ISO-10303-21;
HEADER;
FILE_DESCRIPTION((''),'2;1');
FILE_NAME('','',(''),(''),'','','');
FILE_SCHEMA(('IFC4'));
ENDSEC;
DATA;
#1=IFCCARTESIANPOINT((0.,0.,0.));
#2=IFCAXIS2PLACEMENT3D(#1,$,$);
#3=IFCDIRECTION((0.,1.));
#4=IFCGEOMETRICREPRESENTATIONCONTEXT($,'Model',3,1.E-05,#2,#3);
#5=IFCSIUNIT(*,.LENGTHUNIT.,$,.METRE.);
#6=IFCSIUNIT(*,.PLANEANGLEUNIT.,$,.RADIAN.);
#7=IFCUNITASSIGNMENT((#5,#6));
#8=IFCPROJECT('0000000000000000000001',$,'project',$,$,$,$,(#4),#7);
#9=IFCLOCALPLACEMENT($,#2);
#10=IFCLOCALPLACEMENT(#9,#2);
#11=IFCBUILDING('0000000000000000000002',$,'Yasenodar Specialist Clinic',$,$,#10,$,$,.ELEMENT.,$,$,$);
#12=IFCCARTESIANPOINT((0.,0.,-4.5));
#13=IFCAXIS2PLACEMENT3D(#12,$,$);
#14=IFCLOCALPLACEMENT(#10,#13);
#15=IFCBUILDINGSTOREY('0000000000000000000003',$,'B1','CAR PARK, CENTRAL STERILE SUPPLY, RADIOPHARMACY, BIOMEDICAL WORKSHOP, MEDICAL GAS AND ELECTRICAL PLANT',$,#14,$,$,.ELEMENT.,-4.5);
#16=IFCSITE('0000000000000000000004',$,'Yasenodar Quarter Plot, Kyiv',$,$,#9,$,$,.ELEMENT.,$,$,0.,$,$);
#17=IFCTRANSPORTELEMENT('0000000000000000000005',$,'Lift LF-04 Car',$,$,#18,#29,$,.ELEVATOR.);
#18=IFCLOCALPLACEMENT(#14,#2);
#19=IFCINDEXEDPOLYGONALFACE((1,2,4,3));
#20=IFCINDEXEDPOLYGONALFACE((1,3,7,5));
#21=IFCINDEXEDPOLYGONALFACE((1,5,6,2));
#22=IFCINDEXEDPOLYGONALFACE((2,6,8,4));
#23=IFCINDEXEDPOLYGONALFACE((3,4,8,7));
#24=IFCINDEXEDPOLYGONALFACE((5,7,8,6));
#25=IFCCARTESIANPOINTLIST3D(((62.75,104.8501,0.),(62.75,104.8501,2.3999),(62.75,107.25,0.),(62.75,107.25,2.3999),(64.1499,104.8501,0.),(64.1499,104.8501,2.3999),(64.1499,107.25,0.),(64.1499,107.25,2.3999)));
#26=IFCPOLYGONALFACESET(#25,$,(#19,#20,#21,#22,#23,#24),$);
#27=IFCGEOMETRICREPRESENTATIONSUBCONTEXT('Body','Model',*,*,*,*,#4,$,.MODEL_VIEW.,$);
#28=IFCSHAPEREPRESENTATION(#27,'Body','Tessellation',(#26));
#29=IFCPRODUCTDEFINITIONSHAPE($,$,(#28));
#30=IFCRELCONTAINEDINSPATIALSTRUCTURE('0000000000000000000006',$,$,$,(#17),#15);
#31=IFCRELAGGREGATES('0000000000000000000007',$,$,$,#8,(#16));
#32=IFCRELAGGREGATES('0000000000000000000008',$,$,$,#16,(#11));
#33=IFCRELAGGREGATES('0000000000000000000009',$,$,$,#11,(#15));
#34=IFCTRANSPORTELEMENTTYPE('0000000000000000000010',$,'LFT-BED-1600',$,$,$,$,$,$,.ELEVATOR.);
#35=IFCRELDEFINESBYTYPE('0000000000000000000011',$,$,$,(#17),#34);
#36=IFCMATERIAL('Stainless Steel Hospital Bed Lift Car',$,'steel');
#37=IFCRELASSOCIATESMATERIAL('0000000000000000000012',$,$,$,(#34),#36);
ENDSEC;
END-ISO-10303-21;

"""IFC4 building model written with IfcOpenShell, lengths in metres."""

from ifc_helpers import new_model, si_unit, direction, frame, origin, origin_2d, place, context, subcontext, project, spatial, rectangle, extrude, material, type_object, element, save


model = new_model("IFC4")

# Units and contexts
model_context = context("Model", 3, precision=1e-05, world=origin(), true_north=direction((0.0, 1.0)))
body_context = subcontext(model_context, "Body", "Model", "MODEL_VIEW")
ifc_project = project(units=[si_unit("LENGTHUNIT", "METRE"), si_unit("PLANEANGLEUNIT", "RADIAN")], contexts=[model_context])

# Site, building, storey
site_placement = place(None, origin())
site = spatial("IfcSite", under=ifc_project, at=site_placement, Name="Yasenodar Quarter Plot, Kyiv", CompositionType="ELEMENT", RefElevation=0.0)
building_placement = place(site_placement, origin())
building = spatial("IfcBuilding", under=site, at=building_placement, Name="Yasenodar Specialist Clinic", CompositionType="ELEMENT")
storey_placement = place(building_placement, frame((0.0, 0.0, -4.5)))
storey = spatial("IfcBuildingStorey", under=building, at=storey_placement, Name="B1", Description="CAR PARK, CENTRAL STERILE SUPPLY, RADIOPHARMACY, BIOMEDICAL WORKSHOP, MEDICAL GAS AND ELECTRICAL PLANT", CompositionType="ELEMENT", Elevation=-4.5)

# Transport element
ifc_material_1 = material(Name="Stainless Steel Hospital Bed Lift Car", Category="steel")
transport_element_type = type_object("IfcTransportElementType", Name="LFT-BED-1600", PredefinedType="ELEVATOR", material=ifc_material_1)
transport_element_placement = place(storey_placement, frame((63.45, 106.05, 0.0), z_axis=(0.0, 0.0, 1.0), x_axis=(1.0, 0.0, 0.0)))
element("IfcTransportElement", 1, at=transport_element_placement, inside=storey, type_object=transport_element_type, Name="Lift LF-04 Car", PredefinedType="ELEVATOR", context=body_context, shape_type="SweptSolid", body=[
    extrude(rectangle(XDim=1.3999, YDim=2.3999, at=origin_2d()), origin(), (0.0, 0.0, 1.0), 2.3999),
])

save(model, "model.ifc")
